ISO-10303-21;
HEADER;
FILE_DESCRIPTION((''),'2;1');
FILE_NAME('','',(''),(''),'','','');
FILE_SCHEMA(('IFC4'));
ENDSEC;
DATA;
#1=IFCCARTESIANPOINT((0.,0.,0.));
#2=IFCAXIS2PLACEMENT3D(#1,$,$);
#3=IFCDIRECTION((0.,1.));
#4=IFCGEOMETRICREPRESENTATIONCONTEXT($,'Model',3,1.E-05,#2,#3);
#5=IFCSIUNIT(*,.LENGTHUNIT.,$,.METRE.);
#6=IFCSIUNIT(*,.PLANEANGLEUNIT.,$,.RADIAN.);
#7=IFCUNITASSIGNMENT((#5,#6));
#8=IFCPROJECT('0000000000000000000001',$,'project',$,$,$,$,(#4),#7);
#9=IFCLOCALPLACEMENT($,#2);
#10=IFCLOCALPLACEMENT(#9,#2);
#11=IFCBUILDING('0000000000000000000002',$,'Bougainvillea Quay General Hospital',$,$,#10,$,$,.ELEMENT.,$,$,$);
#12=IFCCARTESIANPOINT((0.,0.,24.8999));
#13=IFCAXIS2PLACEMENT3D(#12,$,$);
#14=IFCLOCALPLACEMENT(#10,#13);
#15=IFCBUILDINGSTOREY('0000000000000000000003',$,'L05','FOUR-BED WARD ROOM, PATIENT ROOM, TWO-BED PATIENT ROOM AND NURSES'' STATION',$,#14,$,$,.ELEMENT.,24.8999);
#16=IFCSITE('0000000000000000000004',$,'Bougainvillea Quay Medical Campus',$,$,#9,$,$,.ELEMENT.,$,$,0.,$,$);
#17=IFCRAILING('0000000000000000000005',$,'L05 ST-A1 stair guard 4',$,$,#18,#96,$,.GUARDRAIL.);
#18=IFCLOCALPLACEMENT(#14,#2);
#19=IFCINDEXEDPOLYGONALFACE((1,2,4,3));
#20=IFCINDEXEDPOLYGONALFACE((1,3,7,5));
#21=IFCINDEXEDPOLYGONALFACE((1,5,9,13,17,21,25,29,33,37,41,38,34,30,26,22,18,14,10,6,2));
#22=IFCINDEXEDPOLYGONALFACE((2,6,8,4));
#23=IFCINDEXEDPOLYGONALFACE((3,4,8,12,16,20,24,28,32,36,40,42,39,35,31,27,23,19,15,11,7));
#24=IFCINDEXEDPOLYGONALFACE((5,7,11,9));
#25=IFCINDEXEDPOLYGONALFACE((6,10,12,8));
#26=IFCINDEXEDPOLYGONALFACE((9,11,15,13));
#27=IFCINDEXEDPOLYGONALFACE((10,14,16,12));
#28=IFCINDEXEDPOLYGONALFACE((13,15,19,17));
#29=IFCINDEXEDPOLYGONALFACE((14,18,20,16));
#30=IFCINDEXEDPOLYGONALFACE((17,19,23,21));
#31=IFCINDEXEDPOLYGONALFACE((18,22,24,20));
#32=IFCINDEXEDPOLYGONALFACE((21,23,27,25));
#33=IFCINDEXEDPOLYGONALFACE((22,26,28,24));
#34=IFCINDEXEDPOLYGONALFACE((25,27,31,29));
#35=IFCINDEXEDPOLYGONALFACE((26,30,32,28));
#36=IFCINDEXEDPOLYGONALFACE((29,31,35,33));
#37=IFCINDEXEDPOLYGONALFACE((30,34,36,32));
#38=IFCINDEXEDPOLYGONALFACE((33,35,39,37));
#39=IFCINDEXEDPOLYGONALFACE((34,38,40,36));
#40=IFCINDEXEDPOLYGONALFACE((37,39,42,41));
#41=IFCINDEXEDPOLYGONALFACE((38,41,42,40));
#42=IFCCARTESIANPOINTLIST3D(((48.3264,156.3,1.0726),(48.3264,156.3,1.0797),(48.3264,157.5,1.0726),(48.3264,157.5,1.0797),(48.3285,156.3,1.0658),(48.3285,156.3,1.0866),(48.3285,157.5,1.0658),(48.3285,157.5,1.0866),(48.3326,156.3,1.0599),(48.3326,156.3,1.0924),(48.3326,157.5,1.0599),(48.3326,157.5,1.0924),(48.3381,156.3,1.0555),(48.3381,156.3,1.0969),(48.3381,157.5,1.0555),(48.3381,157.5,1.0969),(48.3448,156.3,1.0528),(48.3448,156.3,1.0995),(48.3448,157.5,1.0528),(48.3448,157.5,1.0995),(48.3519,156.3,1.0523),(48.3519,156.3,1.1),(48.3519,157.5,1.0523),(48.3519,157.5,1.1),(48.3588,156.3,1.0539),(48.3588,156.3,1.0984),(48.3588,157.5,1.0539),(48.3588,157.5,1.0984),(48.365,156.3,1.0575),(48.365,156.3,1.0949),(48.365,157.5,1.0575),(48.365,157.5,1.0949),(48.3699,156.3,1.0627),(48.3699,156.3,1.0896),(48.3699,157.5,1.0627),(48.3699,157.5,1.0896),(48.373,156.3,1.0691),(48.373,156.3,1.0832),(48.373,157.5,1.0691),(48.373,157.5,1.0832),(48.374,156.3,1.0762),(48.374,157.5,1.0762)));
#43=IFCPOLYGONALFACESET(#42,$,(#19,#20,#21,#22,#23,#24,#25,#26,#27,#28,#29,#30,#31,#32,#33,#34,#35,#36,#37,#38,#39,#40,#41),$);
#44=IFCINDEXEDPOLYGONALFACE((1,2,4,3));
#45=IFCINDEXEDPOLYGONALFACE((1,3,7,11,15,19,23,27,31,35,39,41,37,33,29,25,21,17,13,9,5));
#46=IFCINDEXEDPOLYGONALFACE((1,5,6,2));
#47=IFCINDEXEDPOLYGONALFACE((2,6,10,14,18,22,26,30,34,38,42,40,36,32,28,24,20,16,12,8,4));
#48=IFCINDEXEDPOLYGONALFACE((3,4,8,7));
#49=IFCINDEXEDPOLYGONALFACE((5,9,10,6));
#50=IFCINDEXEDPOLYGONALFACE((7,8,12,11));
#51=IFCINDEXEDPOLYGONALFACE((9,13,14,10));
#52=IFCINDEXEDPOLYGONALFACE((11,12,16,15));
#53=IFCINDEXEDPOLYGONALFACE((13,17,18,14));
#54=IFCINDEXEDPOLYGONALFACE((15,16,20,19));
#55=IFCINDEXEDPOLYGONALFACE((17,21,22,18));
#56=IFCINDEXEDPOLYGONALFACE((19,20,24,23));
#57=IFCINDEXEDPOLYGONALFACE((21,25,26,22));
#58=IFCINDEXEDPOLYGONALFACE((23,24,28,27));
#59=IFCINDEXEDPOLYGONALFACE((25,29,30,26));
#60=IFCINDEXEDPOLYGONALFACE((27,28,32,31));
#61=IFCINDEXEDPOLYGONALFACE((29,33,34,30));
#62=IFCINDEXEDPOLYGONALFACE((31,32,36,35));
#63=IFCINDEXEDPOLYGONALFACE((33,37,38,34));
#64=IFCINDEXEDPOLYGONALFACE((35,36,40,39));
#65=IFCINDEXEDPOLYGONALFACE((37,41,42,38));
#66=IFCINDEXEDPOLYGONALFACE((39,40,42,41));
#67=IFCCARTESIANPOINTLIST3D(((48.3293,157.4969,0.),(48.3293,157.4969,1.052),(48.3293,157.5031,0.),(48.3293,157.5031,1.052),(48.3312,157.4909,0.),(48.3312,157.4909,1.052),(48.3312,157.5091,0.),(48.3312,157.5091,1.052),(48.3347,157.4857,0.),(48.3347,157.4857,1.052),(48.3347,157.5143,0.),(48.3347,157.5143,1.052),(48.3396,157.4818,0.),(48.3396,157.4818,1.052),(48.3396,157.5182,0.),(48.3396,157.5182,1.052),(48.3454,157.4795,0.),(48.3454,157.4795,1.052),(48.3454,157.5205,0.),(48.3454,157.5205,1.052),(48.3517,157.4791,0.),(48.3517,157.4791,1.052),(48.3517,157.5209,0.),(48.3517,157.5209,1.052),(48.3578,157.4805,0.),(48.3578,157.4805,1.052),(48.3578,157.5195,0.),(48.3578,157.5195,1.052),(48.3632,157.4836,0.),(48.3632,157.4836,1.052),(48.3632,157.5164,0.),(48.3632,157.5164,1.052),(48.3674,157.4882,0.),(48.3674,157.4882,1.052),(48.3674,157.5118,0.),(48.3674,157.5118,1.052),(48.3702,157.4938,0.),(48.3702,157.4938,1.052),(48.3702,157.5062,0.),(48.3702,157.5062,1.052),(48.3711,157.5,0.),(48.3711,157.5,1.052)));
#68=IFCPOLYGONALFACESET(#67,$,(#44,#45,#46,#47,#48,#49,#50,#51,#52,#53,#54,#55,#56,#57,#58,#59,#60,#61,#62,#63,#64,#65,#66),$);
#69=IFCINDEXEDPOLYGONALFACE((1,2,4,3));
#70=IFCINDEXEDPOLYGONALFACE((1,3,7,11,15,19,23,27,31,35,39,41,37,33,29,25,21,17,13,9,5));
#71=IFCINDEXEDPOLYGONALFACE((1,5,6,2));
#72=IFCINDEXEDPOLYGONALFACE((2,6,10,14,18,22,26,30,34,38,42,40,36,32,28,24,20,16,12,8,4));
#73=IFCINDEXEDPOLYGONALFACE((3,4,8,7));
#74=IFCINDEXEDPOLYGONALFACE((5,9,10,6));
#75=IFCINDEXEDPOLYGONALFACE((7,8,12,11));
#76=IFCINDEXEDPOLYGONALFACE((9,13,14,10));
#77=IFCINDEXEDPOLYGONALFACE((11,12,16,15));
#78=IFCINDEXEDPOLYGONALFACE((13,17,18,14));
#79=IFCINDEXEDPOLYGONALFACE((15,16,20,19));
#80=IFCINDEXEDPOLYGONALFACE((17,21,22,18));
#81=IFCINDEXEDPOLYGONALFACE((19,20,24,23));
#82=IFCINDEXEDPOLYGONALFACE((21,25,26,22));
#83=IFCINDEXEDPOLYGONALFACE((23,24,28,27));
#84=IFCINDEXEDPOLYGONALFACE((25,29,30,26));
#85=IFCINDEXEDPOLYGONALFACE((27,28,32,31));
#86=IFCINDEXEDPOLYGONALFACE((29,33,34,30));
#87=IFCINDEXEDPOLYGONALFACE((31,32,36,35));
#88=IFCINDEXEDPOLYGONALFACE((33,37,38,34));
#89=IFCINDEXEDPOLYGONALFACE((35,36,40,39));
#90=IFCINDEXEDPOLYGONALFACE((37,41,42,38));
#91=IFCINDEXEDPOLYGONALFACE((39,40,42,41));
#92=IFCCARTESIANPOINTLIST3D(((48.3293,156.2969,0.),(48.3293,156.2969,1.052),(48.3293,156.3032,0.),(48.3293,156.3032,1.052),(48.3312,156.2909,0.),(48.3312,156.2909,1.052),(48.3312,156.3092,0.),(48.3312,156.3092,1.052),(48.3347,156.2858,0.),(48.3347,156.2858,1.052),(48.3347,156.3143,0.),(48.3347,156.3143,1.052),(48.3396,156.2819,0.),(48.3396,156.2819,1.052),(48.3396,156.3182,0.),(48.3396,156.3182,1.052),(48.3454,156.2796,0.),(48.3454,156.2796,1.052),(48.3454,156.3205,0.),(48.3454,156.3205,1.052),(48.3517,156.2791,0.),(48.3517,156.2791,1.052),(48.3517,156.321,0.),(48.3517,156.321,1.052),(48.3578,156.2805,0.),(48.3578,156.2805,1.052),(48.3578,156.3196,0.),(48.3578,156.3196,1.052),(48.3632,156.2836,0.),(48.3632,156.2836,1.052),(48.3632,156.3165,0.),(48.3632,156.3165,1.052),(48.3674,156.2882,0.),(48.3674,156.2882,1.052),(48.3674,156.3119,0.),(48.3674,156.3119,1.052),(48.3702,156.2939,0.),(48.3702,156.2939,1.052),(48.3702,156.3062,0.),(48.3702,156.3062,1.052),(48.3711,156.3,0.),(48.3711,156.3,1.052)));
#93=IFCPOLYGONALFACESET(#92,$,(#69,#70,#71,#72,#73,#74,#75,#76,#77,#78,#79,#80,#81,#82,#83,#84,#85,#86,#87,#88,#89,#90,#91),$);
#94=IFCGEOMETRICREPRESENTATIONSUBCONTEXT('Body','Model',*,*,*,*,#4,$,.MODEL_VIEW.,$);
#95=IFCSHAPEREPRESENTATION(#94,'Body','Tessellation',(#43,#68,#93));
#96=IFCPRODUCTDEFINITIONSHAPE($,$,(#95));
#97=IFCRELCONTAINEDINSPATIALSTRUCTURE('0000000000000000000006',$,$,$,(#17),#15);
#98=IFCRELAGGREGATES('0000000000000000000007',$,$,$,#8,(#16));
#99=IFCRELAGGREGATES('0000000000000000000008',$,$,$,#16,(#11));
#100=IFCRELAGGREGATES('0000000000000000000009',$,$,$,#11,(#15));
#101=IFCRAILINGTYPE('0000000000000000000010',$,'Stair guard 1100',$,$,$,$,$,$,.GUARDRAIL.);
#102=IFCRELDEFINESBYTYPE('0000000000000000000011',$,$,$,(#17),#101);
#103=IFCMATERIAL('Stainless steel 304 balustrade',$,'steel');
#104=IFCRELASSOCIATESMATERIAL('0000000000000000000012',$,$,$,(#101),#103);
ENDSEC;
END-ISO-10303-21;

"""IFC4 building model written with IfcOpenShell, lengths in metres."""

from ifc_helpers import new_model, si_unit, direction, frame, origin, origin_2d, place, context, subcontext, project, spatial, circle, extrude, material, type_object, element, save


model = new_model("IFC4")

# Units and contexts
model_context = context("Model", 3, precision=1e-05, world=origin(), true_north=direction((0.0, 1.0)))
body_context = subcontext(model_context, "Body", "Model", "MODEL_VIEW")
ifc_project = project(units=[si_unit("LENGTHUNIT", "METRE"), si_unit("PLANEANGLEUNIT", "RADIAN")], contexts=[model_context])

# Site, building, storey
site_placement = place(None, origin())
site = spatial("IfcSite", under=ifc_project, at=site_placement, Name="Bougainvillea Quay Medical Campus", CompositionType="ELEMENT", RefElevation=0.0)
building_placement = place(site_placement, origin())
building = spatial("IfcBuilding", under=site, at=building_placement, Name="Bougainvillea Quay General Hospital", CompositionType="ELEMENT")
storey_placement = place(building_placement, frame((0.0, 0.0, 24.8999)))
storey = spatial("IfcBuildingStorey", under=building, at=storey_placement, Name="L05", Description="FOUR-BED WARD ROOM, PATIENT ROOM, TWO-BED PATIENT ROOM AND NURSES' STATION", CompositionType="ELEMENT", Elevation=24.8999)

# Railing
ifc_material_1 = material(Name="Stainless steel 304 balustrade", Category="steel")
railing_type_1 = type_object("IfcRailingType", Name="Stair guard 1100", PredefinedType="GUARDRAIL", material=ifc_material_1)
railing_1_placement = place(storey_placement, frame((48.3501, 157.5, 0.0)))
element("IfcRailing", 1, at=railing_1_placement, inside=storey, type_object=railing_type_1, Name="L05 ST-A1 stair guard 4", PredefinedType="GUARDRAIL", context=body_context, shape_type="SweptSolid", body=[
    extrude(circle(Radius=0.0239, at=origin_2d()), frame((0.0, 0.0, 1.0762), z_axis=(0.0, -1.0, 0.0), x_axis=(1.0, 0.0, 0.0)), (0.0, 0.0, 1.0), 1.2),
    extrude(circle(Radius=0.021, at=origin_2d()), origin(), (0.0, 0.0, 1.0), 1.052),
    extrude(circle(Radius=0.021, at=origin_2d()), frame((0.0, -1.2, 0.0)), (0.0, 0.0, 1.0), 1.052),
])

save(model, "model.ifc")
